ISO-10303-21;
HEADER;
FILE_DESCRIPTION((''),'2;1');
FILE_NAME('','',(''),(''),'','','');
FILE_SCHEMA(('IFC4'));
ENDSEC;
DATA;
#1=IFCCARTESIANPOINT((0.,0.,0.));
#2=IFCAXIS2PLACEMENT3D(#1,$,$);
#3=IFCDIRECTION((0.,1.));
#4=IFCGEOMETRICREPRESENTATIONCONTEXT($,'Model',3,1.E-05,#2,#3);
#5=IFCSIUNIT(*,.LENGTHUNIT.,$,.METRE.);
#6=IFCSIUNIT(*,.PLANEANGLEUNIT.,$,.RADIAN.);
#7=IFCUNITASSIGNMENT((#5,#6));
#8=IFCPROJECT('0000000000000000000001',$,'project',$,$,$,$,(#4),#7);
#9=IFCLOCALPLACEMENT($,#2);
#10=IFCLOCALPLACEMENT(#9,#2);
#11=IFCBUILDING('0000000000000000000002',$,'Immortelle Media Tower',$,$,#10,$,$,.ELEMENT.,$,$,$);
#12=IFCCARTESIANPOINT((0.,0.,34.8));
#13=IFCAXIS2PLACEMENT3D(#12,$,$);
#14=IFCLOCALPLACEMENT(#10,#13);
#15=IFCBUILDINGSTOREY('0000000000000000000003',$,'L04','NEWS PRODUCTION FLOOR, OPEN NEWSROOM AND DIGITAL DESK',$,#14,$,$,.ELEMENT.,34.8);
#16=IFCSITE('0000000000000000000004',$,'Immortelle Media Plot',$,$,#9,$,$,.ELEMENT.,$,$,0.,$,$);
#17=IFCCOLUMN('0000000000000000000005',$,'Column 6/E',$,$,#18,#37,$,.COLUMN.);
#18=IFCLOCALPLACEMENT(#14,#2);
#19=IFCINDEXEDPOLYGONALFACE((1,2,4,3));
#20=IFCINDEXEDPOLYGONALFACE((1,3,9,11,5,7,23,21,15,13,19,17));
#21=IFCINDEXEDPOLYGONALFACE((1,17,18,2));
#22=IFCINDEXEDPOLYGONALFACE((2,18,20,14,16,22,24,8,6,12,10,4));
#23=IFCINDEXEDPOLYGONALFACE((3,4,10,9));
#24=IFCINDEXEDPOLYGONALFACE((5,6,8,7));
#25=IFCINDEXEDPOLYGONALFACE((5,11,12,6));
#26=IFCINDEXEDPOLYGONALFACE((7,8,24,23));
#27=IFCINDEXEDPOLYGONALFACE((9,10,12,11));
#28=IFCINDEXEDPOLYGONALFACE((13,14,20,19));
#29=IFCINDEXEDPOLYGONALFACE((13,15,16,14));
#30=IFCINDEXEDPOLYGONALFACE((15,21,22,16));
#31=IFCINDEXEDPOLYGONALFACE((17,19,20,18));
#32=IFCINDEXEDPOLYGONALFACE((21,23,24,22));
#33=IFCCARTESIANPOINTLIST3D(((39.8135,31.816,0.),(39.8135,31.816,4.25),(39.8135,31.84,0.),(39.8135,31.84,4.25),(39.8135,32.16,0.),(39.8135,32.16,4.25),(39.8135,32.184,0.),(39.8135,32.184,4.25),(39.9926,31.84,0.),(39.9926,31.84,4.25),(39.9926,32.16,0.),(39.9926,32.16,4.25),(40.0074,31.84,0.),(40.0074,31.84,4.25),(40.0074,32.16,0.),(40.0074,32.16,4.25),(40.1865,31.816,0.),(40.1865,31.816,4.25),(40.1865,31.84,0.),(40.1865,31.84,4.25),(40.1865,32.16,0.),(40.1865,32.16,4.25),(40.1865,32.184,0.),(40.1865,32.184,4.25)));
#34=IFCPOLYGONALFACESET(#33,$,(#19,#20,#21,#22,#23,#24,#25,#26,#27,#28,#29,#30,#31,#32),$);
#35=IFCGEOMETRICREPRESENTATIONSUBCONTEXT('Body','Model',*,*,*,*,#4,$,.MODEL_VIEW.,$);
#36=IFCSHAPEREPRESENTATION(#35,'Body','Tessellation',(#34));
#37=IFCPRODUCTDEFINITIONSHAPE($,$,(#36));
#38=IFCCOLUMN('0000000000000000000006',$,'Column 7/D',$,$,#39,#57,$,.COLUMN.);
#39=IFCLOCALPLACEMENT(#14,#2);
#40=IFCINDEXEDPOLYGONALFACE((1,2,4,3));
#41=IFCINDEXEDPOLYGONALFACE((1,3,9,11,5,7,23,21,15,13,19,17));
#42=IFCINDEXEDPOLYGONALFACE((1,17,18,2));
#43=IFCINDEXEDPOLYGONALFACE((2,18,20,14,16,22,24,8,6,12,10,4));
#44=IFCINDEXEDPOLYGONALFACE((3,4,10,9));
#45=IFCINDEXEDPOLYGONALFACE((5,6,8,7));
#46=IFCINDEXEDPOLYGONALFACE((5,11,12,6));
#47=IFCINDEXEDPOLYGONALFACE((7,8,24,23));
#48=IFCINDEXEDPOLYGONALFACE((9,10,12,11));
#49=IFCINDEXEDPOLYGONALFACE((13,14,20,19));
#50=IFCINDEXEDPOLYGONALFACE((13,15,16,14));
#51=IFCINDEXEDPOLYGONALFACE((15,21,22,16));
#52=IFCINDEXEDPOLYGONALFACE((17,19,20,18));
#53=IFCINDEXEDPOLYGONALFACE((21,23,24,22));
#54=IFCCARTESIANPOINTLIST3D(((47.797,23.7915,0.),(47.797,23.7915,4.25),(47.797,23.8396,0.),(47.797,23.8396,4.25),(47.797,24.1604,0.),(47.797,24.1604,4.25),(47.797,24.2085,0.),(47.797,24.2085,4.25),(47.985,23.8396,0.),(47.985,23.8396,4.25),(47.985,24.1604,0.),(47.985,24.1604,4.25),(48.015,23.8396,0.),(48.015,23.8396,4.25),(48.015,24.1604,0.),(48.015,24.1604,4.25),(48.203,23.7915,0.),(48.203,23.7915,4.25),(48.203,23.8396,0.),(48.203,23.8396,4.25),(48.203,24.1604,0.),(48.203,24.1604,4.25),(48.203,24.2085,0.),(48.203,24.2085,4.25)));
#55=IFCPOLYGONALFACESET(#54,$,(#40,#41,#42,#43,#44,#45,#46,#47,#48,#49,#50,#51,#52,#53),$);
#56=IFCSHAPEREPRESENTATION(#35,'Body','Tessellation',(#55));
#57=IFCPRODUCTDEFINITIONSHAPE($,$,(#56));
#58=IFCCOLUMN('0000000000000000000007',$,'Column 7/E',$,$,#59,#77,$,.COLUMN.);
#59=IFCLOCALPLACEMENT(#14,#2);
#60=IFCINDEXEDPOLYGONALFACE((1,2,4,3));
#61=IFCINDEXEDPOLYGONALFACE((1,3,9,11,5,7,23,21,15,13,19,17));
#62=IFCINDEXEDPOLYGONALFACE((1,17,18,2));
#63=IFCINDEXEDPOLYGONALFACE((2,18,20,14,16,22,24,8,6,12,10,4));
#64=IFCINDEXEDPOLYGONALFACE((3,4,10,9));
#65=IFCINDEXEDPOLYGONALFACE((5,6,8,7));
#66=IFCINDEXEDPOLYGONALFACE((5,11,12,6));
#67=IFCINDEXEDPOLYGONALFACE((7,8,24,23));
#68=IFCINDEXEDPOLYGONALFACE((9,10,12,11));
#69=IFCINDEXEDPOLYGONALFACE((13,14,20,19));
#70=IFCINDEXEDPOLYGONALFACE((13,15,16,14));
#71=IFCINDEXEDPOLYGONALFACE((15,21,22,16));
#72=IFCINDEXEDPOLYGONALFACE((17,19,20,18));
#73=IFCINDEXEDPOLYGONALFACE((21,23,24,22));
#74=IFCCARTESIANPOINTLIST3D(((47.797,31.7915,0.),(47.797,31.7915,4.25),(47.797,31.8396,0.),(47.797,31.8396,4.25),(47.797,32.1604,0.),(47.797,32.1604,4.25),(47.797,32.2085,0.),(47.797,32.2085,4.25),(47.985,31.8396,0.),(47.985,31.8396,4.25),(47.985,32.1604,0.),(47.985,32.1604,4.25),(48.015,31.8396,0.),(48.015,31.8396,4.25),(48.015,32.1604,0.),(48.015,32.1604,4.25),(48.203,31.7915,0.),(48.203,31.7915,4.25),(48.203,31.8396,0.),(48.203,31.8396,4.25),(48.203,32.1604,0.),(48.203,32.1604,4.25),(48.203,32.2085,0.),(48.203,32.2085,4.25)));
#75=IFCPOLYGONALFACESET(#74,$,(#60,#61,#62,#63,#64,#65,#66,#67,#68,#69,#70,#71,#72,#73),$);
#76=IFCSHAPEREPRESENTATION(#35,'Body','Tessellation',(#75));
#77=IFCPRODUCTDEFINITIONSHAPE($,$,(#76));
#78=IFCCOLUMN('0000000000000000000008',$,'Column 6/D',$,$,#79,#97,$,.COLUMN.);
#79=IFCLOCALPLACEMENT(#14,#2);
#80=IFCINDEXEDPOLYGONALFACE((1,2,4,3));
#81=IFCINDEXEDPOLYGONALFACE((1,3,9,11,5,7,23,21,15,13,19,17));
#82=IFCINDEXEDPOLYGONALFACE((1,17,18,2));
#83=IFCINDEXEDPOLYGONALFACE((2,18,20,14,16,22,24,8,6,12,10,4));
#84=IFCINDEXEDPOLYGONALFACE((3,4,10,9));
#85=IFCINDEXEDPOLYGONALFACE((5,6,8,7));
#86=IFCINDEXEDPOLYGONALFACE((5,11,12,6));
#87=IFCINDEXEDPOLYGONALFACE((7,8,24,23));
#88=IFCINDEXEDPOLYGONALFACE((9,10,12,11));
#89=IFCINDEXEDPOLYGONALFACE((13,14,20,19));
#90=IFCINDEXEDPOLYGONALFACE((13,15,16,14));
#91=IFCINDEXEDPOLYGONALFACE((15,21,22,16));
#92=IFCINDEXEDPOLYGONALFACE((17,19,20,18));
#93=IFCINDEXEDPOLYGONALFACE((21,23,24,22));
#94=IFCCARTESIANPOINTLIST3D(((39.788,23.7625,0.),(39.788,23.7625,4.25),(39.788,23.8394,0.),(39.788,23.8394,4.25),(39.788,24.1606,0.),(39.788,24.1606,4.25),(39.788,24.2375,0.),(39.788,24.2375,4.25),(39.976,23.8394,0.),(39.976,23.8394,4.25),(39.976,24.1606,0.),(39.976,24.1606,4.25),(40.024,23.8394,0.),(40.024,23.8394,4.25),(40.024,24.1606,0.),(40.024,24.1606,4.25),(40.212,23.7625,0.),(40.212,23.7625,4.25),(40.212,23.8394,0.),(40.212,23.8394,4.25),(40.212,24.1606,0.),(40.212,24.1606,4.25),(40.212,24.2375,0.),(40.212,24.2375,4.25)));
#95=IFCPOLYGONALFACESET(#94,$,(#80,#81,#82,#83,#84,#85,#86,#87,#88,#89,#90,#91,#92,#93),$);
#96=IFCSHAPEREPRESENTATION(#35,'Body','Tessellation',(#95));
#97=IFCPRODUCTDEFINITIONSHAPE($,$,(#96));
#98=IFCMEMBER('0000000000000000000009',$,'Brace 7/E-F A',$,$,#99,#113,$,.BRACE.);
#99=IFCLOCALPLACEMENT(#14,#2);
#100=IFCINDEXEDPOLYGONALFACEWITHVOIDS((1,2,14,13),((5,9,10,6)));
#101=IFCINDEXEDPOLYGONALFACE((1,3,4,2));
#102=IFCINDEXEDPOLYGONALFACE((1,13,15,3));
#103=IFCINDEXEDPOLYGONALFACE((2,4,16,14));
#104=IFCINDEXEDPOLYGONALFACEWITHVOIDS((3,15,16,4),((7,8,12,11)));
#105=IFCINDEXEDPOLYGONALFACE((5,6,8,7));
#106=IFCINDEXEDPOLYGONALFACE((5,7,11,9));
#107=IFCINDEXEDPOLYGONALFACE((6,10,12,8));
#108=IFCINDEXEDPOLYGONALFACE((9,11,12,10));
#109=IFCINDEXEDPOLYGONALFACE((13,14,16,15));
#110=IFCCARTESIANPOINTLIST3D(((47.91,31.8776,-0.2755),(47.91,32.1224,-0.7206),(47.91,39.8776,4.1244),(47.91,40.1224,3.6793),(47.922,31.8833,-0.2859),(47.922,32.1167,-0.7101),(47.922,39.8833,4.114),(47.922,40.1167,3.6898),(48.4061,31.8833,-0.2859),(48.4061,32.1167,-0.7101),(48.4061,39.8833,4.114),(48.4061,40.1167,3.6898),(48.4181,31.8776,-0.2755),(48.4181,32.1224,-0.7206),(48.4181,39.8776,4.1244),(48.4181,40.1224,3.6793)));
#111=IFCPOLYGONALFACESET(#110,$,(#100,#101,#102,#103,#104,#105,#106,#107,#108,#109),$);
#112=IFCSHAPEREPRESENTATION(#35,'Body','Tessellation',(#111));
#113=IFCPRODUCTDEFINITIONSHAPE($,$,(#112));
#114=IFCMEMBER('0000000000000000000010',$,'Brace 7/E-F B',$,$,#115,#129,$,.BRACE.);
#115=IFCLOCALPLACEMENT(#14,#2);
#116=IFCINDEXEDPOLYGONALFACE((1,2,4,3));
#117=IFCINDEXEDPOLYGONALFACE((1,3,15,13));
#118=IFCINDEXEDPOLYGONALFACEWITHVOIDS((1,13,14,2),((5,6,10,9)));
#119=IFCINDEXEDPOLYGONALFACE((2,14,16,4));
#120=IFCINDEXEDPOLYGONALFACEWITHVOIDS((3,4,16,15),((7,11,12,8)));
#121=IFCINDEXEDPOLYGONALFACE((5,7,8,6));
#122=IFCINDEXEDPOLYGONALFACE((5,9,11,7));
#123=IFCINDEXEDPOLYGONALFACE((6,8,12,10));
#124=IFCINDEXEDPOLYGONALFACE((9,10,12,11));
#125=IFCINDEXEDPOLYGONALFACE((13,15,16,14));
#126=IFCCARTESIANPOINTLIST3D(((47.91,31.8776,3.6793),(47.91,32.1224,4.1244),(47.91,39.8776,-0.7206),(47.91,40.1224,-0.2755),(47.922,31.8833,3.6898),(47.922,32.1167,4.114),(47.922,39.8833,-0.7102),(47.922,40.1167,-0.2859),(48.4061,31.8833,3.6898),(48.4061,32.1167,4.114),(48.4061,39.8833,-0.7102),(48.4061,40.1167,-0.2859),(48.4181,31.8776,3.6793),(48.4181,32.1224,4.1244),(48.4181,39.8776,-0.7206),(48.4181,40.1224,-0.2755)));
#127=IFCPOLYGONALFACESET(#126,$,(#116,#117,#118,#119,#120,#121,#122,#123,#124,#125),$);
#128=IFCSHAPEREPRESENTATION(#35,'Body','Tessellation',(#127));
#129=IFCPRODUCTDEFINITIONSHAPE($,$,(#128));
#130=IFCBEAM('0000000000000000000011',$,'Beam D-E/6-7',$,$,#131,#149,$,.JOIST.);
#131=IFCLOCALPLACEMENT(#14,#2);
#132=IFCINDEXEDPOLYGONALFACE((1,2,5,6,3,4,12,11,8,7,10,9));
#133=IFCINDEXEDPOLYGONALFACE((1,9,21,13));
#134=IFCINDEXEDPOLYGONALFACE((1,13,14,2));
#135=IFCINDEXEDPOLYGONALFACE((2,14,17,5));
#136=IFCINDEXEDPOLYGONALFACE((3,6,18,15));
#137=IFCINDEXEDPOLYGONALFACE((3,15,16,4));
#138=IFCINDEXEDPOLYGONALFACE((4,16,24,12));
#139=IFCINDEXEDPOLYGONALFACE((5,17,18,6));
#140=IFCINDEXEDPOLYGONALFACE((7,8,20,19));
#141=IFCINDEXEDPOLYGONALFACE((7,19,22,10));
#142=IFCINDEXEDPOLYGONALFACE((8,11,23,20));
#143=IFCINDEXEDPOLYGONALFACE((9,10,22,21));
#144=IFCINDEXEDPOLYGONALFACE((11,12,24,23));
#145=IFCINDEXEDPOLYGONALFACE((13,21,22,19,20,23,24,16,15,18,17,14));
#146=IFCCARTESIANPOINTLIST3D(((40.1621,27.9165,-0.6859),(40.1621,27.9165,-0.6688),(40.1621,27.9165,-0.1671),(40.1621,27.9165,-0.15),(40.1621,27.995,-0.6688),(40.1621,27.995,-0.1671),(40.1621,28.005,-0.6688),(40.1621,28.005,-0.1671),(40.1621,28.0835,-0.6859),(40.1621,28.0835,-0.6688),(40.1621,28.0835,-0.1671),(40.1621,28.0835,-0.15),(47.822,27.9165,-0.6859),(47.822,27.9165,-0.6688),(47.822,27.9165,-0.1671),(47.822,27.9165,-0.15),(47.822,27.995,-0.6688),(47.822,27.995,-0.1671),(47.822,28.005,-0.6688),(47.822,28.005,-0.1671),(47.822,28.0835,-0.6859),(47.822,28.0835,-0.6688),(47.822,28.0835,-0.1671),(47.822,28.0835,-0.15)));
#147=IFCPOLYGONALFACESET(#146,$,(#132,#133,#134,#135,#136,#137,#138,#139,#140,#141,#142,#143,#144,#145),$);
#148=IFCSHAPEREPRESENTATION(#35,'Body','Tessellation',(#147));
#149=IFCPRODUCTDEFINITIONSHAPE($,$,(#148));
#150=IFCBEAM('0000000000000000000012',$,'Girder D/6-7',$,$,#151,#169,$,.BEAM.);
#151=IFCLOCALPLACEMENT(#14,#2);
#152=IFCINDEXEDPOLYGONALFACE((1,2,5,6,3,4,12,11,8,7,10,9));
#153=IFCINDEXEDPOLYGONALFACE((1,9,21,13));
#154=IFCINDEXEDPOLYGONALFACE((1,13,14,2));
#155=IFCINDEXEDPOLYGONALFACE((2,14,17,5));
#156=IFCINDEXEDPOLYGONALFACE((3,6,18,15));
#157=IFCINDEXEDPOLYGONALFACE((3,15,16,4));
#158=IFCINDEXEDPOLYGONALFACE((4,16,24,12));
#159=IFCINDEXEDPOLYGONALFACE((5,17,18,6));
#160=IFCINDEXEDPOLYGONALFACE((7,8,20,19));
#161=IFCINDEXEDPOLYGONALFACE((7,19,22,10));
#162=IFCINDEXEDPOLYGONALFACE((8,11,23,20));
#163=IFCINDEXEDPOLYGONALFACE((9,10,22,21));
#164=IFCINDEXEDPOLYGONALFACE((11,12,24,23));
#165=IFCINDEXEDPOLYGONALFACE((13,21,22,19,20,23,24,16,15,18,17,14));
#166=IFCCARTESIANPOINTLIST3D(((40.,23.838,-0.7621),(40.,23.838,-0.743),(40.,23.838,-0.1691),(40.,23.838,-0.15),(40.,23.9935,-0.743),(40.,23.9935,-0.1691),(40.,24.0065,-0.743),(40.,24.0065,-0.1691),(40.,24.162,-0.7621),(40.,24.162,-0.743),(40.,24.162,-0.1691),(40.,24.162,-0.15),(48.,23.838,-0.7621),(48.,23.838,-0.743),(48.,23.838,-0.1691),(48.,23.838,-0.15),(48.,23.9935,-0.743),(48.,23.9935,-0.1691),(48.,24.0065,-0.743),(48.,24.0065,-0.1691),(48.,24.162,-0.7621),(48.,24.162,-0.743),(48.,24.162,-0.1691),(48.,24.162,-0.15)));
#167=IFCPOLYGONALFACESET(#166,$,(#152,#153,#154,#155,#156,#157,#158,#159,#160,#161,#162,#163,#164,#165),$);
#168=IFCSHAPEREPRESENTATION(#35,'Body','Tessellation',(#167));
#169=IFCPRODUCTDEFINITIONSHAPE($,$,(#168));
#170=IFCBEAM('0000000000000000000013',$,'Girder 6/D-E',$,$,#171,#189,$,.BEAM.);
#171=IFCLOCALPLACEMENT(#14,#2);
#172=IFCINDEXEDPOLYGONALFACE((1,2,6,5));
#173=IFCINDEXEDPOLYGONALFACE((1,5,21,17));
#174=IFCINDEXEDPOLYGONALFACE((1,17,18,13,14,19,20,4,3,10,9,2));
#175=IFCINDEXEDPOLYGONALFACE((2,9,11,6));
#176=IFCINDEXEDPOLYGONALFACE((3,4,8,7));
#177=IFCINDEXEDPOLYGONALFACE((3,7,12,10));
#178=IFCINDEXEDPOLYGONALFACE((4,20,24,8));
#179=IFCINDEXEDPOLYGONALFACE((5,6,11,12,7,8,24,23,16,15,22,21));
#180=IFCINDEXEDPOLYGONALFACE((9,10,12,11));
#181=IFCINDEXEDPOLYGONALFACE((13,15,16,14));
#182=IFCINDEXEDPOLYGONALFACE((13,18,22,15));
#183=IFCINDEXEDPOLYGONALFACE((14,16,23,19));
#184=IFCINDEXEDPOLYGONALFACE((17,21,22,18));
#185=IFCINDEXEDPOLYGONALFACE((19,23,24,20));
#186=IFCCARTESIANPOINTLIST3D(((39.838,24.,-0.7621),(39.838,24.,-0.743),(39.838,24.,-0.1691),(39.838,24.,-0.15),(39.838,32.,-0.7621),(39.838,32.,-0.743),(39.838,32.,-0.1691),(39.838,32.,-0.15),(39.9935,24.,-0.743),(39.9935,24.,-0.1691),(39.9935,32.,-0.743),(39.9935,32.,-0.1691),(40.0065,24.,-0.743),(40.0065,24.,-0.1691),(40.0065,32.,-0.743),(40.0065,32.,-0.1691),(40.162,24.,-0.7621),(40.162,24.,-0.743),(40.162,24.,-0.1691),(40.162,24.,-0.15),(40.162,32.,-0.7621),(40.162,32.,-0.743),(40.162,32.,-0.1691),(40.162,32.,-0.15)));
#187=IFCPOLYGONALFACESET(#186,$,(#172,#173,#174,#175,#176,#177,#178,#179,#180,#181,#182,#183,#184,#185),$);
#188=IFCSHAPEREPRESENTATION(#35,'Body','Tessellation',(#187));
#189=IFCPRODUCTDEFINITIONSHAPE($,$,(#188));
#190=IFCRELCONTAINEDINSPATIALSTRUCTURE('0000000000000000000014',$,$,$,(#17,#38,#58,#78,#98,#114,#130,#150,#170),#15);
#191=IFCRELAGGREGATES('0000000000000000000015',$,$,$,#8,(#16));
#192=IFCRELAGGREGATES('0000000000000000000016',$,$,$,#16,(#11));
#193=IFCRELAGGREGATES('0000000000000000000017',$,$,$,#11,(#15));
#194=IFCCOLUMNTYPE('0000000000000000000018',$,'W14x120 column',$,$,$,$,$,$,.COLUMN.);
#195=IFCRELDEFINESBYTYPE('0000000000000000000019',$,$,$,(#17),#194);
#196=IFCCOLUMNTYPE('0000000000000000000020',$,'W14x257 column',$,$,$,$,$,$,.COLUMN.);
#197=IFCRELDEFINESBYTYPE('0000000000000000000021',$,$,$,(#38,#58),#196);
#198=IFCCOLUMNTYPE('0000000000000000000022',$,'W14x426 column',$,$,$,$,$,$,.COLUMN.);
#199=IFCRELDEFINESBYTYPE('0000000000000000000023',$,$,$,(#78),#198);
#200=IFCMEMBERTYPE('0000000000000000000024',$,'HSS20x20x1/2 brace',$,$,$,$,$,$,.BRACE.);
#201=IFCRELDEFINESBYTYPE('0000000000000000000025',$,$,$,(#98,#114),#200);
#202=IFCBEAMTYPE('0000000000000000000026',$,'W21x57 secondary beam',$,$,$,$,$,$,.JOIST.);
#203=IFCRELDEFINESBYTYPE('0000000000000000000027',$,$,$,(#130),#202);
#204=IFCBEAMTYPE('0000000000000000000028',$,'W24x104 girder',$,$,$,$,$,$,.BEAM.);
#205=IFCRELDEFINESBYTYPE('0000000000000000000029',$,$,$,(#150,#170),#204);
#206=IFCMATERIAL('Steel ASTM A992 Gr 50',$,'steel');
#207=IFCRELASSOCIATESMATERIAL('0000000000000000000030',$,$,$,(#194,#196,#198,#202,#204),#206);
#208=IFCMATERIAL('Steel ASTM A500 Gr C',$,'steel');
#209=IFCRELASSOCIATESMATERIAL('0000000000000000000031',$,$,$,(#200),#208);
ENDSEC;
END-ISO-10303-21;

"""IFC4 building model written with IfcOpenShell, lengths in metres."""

from ifc_helpers import new_model, si_unit, direction, frame, origin, origin_2d, place, context, subcontext, project, spatial, hollow_rectangle, i_section, extrude, material, material_profile, profile_set, type_object, element, save


model = new_model("IFC4")

# Units and contexts
model_context = context("Model", 3, precision=1e-05, world=origin(), true_north=direction((0.0, 1.0)))
body_context = subcontext(model_context, "Body", "Model", "MODEL_VIEW")
ifc_project = project(units=[si_unit("LENGTHUNIT", "METRE"), si_unit("PLANEANGLEUNIT", "RADIAN")], contexts=[model_context])

# Site, building, storey
site_placement = place(None, origin())
site = spatial("IfcSite", under=ifc_project, at=site_placement, Name="Immortelle Media Plot", CompositionType="ELEMENT", RefElevation=0.0)
building_placement = place(site_placement, origin())
building = spatial("IfcBuilding", under=site, at=building_placement, Name="Immortelle Media Tower", CompositionType="ELEMENT")
storey_placement = place(building_placement, frame((0.0, 0.0, 34.8)))
storey = spatial("IfcBuildingStorey", under=building, at=storey_placement, Name="L04", Description="NEWS PRODUCTION FLOOR, OPEN NEWSROOM AND DIGITAL DESK", CompositionType="ELEMENT", Elevation=34.8)

# Columns
ifc_material_1 = material(Name="Steel ASTM A992 Gr 50", Category="steel")
ifc_material_profile_1 = material_profile(ifc_material_1, i_section(OverallWidth=0.373, OverallDepth=0.3679, WebThickness=0.0149, FlangeThickness=0.0239, at=origin_2d()), Name="W14x120")
ifc_profile_set_1 = profile_set([ifc_material_profile_1], Name="Steel ASTM A992 Gr 50")
column_type_1 = type_object("IfcColumnType", Name="W14x120 column", PredefinedType="COLUMN", material=ifc_profile_set_1)
column_1_placement = place(storey_placement, frame((40.0, 32.0, 0.0), z_axis=(0.0, 0.0, 1.0), x_axis=(1.0, 0.0, 0.0)))
element("IfcColumn", 1, at=column_1_placement, inside=storey, type_object=column_type_1, Name="Column 6/E", PredefinedType="COLUMN", context=body_context, shape_type="SweptSolid", body=[
    extrude(i_section(OverallWidth=0.373, OverallDepth=0.3679, WebThickness=0.0149, FlangeThickness=0.0239, at=origin_2d()), origin(), (0.0, 0.0, 1.0), 4.25),
])
ifc_material_profile_2 = material_profile(ifc_material_1, i_section(OverallWidth=0.406, OverallDepth=0.417, WebThickness=0.03, FlangeThickness=0.0481, at=origin_2d()), Name="W14x257")
ifc_profile_set_2 = profile_set([ifc_material_profile_2], Name="Steel ASTM A992 Gr 50")
column_type_2 = type_object("IfcColumnType", Name="W14x257 column", PredefinedType="COLUMN", material=ifc_profile_set_2)
for number, where, z_axis, x_axis, name in (
    (2, (48.0, 24.0, 0.0), (0.0, 0.0, 1.0), (1.0, 0.0, 0.0), "Column 7/D"),
    (3, (48.0, 32.0, 0.0), (0.0, 0.0, 1.0), (1.0, 0.0, 0.0), "Column 7/E"),
):
    element("IfcColumn", number, at=place(storey_placement, frame(where, z_axis=z_axis, x_axis=x_axis)), inside=storey, type_object=column_type_2, Name=name, PredefinedType="COLUMN", context=body_context, shape_type="SweptSolid", body=[
        extrude(i_section(OverallWidth=0.406, OverallDepth=0.417, WebThickness=0.03, FlangeThickness=0.0481, at=origin_2d()), origin(), (0.0, 0.0, 1.0), 4.25),
    ])
ifc_material_profile_3 = material_profile(ifc_material_1, i_section(OverallWidth=0.4241, OverallDepth=0.4751, WebThickness=0.0481, FlangeThickness=0.0769, at=origin_2d()), Name="W14x426")
ifc_profile_set_3 = profile_set([ifc_material_profile_3], Name="Steel ASTM A992 Gr 50")
column_type_3 = type_object("IfcColumnType", Name="W14x426 column", PredefinedType="COLUMN", material=ifc_profile_set_3)
column_2_placement = place(storey_placement, frame((40.0, 24.0, 0.0), z_axis=(0.0, 0.0, 1.0), x_axis=(1.0, 0.0, 0.0)))
element("IfcColumn", 4, at=column_2_placement, inside=storey, type_object=column_type_3, Name="Column 6/D", PredefinedType="COLUMN", context=body_context, shape_type="SweptSolid", body=[
    extrude(i_section(OverallWidth=0.4241, OverallDepth=0.4751, WebThickness=0.0481, FlangeThickness=0.0769, at=origin_2d()), origin(), (0.0, 0.0, 1.0), 4.25),
])

# Members
ifc_material_2 = material(Name="Steel ASTM A500 Gr C", Category="steel")
ifc_material_profile_4 = material_profile(ifc_material_2, hollow_rectangle(XDim=0.5081, YDim=0.5081, WallThickness=0.012, at=origin_2d()), Name="HSS20x20x1/2 brace")
ifc_profile_set_4 = profile_set([ifc_material_profile_4], Name="Steel ASTM A500 Gr C")
member_type = type_object("IfcMemberType", Name="HSS20x20x1/2 brace", PredefinedType="BRACE", material=ifc_profile_set_4)
for number, where, z_axis, x_axis, name in (
    (5, (48.1641, 32.0, -0.498), (0.0, 0.87622, 0.481911), (-1.0, 0.0, 0.0), "Brace 7/E-F A"),
    (6, (48.1641, 32.0, 3.9019), (0.0, 0.87622, -0.481911), (-1.0, 0.0, 0.0), "Brace 7/E-F B"),
):
    element("IfcMember", number, at=place(storey_placement, frame(where, z_axis=z_axis, x_axis=x_axis)), inside=storey, type_object=member_type, Name=name, PredefinedType="BRACE", context=body_context, shape_type="SweptSolid", body=[
        extrude(hollow_rectangle(XDim=0.5081, YDim=0.5081, WallThickness=0.012, at=origin_2d()), origin(), (0.0, 0.0, 1.0), 9.1301),
    ])

# Beams
ifc_material_profile_5 = material_profile(ifc_material_1, i_section(OverallWidth=0.167, OverallDepth=0.5359, WebThickness=0.01, FlangeThickness=0.0171, at=origin_2d()), Name="W21x57")
ifc_profile_set_5 = profile_set([ifc_material_profile_5], Name="Steel ASTM A992 Gr 50")
beam_type_1 = type_object("IfcBeamType", Name="W21x57 secondary beam", PredefinedType="JOIST", material=ifc_profile_set_5)
beam_placement = place(storey_placement, frame((40.1621, 28.0, -0.418), z_axis=(1.0, 0.0, 0.0), x_axis=(0.0, 1.0, 0.0)))
element("IfcBeam", 7, at=beam_placement, inside=storey, type_object=beam_type_1, Name="Beam D-E/6-7", PredefinedType="JOIST", context=body_context, shape_type="SweptSolid", body=[
    extrude(i_section(OverallWidth=0.167, OverallDepth=0.5359, WebThickness=0.01, FlangeThickness=0.0171, at=origin_2d()), origin(), (0.0, 0.0, 1.0), 7.6599),
])
ifc_material_profile_6 = material_profile(ifc_material_1, i_section(OverallWidth=0.324, OverallDepth=0.6121, WebThickness=0.0129, FlangeThickness=0.019, at=origin_2d()), Name="W24x104")
ifc_profile_set_6 = profile_set([ifc_material_profile_6], Name="Steel ASTM A992 Gr 50")
beam_type_2 = type_object("IfcBeamType", Name="W24x104 girder", PredefinedType="BEAM", material=ifc_profile_set_6)
for number, where, z_axis, x_axis, name in (
    (8, (40.0, 24.0, -0.4561), (1.0, 0.0, 0.0), (0.0, 1.0, 0.0), "Girder D/6-7"),
    (9, (40.0, 24.0, -0.4561), (0.0, 1.0, 0.0), (-1.0, 0.0, 0.0), "Girder 6/D-E"),
):
    element("IfcBeam", number, at=place(storey_placement, frame(where, z_axis=z_axis, x_axis=x_axis)), inside=storey, type_object=beam_type_2, Name=name, PredefinedType="BEAM", context=body_context, shape_type="SweptSolid", body=[
        extrude(i_section(OverallWidth=0.324, OverallDepth=0.6121, WebThickness=0.0129, FlangeThickness=0.019, at=origin_2d()), origin(), (0.0, 0.0, 1.0), 8.0),
    ])

save(model, "model.ifc")
